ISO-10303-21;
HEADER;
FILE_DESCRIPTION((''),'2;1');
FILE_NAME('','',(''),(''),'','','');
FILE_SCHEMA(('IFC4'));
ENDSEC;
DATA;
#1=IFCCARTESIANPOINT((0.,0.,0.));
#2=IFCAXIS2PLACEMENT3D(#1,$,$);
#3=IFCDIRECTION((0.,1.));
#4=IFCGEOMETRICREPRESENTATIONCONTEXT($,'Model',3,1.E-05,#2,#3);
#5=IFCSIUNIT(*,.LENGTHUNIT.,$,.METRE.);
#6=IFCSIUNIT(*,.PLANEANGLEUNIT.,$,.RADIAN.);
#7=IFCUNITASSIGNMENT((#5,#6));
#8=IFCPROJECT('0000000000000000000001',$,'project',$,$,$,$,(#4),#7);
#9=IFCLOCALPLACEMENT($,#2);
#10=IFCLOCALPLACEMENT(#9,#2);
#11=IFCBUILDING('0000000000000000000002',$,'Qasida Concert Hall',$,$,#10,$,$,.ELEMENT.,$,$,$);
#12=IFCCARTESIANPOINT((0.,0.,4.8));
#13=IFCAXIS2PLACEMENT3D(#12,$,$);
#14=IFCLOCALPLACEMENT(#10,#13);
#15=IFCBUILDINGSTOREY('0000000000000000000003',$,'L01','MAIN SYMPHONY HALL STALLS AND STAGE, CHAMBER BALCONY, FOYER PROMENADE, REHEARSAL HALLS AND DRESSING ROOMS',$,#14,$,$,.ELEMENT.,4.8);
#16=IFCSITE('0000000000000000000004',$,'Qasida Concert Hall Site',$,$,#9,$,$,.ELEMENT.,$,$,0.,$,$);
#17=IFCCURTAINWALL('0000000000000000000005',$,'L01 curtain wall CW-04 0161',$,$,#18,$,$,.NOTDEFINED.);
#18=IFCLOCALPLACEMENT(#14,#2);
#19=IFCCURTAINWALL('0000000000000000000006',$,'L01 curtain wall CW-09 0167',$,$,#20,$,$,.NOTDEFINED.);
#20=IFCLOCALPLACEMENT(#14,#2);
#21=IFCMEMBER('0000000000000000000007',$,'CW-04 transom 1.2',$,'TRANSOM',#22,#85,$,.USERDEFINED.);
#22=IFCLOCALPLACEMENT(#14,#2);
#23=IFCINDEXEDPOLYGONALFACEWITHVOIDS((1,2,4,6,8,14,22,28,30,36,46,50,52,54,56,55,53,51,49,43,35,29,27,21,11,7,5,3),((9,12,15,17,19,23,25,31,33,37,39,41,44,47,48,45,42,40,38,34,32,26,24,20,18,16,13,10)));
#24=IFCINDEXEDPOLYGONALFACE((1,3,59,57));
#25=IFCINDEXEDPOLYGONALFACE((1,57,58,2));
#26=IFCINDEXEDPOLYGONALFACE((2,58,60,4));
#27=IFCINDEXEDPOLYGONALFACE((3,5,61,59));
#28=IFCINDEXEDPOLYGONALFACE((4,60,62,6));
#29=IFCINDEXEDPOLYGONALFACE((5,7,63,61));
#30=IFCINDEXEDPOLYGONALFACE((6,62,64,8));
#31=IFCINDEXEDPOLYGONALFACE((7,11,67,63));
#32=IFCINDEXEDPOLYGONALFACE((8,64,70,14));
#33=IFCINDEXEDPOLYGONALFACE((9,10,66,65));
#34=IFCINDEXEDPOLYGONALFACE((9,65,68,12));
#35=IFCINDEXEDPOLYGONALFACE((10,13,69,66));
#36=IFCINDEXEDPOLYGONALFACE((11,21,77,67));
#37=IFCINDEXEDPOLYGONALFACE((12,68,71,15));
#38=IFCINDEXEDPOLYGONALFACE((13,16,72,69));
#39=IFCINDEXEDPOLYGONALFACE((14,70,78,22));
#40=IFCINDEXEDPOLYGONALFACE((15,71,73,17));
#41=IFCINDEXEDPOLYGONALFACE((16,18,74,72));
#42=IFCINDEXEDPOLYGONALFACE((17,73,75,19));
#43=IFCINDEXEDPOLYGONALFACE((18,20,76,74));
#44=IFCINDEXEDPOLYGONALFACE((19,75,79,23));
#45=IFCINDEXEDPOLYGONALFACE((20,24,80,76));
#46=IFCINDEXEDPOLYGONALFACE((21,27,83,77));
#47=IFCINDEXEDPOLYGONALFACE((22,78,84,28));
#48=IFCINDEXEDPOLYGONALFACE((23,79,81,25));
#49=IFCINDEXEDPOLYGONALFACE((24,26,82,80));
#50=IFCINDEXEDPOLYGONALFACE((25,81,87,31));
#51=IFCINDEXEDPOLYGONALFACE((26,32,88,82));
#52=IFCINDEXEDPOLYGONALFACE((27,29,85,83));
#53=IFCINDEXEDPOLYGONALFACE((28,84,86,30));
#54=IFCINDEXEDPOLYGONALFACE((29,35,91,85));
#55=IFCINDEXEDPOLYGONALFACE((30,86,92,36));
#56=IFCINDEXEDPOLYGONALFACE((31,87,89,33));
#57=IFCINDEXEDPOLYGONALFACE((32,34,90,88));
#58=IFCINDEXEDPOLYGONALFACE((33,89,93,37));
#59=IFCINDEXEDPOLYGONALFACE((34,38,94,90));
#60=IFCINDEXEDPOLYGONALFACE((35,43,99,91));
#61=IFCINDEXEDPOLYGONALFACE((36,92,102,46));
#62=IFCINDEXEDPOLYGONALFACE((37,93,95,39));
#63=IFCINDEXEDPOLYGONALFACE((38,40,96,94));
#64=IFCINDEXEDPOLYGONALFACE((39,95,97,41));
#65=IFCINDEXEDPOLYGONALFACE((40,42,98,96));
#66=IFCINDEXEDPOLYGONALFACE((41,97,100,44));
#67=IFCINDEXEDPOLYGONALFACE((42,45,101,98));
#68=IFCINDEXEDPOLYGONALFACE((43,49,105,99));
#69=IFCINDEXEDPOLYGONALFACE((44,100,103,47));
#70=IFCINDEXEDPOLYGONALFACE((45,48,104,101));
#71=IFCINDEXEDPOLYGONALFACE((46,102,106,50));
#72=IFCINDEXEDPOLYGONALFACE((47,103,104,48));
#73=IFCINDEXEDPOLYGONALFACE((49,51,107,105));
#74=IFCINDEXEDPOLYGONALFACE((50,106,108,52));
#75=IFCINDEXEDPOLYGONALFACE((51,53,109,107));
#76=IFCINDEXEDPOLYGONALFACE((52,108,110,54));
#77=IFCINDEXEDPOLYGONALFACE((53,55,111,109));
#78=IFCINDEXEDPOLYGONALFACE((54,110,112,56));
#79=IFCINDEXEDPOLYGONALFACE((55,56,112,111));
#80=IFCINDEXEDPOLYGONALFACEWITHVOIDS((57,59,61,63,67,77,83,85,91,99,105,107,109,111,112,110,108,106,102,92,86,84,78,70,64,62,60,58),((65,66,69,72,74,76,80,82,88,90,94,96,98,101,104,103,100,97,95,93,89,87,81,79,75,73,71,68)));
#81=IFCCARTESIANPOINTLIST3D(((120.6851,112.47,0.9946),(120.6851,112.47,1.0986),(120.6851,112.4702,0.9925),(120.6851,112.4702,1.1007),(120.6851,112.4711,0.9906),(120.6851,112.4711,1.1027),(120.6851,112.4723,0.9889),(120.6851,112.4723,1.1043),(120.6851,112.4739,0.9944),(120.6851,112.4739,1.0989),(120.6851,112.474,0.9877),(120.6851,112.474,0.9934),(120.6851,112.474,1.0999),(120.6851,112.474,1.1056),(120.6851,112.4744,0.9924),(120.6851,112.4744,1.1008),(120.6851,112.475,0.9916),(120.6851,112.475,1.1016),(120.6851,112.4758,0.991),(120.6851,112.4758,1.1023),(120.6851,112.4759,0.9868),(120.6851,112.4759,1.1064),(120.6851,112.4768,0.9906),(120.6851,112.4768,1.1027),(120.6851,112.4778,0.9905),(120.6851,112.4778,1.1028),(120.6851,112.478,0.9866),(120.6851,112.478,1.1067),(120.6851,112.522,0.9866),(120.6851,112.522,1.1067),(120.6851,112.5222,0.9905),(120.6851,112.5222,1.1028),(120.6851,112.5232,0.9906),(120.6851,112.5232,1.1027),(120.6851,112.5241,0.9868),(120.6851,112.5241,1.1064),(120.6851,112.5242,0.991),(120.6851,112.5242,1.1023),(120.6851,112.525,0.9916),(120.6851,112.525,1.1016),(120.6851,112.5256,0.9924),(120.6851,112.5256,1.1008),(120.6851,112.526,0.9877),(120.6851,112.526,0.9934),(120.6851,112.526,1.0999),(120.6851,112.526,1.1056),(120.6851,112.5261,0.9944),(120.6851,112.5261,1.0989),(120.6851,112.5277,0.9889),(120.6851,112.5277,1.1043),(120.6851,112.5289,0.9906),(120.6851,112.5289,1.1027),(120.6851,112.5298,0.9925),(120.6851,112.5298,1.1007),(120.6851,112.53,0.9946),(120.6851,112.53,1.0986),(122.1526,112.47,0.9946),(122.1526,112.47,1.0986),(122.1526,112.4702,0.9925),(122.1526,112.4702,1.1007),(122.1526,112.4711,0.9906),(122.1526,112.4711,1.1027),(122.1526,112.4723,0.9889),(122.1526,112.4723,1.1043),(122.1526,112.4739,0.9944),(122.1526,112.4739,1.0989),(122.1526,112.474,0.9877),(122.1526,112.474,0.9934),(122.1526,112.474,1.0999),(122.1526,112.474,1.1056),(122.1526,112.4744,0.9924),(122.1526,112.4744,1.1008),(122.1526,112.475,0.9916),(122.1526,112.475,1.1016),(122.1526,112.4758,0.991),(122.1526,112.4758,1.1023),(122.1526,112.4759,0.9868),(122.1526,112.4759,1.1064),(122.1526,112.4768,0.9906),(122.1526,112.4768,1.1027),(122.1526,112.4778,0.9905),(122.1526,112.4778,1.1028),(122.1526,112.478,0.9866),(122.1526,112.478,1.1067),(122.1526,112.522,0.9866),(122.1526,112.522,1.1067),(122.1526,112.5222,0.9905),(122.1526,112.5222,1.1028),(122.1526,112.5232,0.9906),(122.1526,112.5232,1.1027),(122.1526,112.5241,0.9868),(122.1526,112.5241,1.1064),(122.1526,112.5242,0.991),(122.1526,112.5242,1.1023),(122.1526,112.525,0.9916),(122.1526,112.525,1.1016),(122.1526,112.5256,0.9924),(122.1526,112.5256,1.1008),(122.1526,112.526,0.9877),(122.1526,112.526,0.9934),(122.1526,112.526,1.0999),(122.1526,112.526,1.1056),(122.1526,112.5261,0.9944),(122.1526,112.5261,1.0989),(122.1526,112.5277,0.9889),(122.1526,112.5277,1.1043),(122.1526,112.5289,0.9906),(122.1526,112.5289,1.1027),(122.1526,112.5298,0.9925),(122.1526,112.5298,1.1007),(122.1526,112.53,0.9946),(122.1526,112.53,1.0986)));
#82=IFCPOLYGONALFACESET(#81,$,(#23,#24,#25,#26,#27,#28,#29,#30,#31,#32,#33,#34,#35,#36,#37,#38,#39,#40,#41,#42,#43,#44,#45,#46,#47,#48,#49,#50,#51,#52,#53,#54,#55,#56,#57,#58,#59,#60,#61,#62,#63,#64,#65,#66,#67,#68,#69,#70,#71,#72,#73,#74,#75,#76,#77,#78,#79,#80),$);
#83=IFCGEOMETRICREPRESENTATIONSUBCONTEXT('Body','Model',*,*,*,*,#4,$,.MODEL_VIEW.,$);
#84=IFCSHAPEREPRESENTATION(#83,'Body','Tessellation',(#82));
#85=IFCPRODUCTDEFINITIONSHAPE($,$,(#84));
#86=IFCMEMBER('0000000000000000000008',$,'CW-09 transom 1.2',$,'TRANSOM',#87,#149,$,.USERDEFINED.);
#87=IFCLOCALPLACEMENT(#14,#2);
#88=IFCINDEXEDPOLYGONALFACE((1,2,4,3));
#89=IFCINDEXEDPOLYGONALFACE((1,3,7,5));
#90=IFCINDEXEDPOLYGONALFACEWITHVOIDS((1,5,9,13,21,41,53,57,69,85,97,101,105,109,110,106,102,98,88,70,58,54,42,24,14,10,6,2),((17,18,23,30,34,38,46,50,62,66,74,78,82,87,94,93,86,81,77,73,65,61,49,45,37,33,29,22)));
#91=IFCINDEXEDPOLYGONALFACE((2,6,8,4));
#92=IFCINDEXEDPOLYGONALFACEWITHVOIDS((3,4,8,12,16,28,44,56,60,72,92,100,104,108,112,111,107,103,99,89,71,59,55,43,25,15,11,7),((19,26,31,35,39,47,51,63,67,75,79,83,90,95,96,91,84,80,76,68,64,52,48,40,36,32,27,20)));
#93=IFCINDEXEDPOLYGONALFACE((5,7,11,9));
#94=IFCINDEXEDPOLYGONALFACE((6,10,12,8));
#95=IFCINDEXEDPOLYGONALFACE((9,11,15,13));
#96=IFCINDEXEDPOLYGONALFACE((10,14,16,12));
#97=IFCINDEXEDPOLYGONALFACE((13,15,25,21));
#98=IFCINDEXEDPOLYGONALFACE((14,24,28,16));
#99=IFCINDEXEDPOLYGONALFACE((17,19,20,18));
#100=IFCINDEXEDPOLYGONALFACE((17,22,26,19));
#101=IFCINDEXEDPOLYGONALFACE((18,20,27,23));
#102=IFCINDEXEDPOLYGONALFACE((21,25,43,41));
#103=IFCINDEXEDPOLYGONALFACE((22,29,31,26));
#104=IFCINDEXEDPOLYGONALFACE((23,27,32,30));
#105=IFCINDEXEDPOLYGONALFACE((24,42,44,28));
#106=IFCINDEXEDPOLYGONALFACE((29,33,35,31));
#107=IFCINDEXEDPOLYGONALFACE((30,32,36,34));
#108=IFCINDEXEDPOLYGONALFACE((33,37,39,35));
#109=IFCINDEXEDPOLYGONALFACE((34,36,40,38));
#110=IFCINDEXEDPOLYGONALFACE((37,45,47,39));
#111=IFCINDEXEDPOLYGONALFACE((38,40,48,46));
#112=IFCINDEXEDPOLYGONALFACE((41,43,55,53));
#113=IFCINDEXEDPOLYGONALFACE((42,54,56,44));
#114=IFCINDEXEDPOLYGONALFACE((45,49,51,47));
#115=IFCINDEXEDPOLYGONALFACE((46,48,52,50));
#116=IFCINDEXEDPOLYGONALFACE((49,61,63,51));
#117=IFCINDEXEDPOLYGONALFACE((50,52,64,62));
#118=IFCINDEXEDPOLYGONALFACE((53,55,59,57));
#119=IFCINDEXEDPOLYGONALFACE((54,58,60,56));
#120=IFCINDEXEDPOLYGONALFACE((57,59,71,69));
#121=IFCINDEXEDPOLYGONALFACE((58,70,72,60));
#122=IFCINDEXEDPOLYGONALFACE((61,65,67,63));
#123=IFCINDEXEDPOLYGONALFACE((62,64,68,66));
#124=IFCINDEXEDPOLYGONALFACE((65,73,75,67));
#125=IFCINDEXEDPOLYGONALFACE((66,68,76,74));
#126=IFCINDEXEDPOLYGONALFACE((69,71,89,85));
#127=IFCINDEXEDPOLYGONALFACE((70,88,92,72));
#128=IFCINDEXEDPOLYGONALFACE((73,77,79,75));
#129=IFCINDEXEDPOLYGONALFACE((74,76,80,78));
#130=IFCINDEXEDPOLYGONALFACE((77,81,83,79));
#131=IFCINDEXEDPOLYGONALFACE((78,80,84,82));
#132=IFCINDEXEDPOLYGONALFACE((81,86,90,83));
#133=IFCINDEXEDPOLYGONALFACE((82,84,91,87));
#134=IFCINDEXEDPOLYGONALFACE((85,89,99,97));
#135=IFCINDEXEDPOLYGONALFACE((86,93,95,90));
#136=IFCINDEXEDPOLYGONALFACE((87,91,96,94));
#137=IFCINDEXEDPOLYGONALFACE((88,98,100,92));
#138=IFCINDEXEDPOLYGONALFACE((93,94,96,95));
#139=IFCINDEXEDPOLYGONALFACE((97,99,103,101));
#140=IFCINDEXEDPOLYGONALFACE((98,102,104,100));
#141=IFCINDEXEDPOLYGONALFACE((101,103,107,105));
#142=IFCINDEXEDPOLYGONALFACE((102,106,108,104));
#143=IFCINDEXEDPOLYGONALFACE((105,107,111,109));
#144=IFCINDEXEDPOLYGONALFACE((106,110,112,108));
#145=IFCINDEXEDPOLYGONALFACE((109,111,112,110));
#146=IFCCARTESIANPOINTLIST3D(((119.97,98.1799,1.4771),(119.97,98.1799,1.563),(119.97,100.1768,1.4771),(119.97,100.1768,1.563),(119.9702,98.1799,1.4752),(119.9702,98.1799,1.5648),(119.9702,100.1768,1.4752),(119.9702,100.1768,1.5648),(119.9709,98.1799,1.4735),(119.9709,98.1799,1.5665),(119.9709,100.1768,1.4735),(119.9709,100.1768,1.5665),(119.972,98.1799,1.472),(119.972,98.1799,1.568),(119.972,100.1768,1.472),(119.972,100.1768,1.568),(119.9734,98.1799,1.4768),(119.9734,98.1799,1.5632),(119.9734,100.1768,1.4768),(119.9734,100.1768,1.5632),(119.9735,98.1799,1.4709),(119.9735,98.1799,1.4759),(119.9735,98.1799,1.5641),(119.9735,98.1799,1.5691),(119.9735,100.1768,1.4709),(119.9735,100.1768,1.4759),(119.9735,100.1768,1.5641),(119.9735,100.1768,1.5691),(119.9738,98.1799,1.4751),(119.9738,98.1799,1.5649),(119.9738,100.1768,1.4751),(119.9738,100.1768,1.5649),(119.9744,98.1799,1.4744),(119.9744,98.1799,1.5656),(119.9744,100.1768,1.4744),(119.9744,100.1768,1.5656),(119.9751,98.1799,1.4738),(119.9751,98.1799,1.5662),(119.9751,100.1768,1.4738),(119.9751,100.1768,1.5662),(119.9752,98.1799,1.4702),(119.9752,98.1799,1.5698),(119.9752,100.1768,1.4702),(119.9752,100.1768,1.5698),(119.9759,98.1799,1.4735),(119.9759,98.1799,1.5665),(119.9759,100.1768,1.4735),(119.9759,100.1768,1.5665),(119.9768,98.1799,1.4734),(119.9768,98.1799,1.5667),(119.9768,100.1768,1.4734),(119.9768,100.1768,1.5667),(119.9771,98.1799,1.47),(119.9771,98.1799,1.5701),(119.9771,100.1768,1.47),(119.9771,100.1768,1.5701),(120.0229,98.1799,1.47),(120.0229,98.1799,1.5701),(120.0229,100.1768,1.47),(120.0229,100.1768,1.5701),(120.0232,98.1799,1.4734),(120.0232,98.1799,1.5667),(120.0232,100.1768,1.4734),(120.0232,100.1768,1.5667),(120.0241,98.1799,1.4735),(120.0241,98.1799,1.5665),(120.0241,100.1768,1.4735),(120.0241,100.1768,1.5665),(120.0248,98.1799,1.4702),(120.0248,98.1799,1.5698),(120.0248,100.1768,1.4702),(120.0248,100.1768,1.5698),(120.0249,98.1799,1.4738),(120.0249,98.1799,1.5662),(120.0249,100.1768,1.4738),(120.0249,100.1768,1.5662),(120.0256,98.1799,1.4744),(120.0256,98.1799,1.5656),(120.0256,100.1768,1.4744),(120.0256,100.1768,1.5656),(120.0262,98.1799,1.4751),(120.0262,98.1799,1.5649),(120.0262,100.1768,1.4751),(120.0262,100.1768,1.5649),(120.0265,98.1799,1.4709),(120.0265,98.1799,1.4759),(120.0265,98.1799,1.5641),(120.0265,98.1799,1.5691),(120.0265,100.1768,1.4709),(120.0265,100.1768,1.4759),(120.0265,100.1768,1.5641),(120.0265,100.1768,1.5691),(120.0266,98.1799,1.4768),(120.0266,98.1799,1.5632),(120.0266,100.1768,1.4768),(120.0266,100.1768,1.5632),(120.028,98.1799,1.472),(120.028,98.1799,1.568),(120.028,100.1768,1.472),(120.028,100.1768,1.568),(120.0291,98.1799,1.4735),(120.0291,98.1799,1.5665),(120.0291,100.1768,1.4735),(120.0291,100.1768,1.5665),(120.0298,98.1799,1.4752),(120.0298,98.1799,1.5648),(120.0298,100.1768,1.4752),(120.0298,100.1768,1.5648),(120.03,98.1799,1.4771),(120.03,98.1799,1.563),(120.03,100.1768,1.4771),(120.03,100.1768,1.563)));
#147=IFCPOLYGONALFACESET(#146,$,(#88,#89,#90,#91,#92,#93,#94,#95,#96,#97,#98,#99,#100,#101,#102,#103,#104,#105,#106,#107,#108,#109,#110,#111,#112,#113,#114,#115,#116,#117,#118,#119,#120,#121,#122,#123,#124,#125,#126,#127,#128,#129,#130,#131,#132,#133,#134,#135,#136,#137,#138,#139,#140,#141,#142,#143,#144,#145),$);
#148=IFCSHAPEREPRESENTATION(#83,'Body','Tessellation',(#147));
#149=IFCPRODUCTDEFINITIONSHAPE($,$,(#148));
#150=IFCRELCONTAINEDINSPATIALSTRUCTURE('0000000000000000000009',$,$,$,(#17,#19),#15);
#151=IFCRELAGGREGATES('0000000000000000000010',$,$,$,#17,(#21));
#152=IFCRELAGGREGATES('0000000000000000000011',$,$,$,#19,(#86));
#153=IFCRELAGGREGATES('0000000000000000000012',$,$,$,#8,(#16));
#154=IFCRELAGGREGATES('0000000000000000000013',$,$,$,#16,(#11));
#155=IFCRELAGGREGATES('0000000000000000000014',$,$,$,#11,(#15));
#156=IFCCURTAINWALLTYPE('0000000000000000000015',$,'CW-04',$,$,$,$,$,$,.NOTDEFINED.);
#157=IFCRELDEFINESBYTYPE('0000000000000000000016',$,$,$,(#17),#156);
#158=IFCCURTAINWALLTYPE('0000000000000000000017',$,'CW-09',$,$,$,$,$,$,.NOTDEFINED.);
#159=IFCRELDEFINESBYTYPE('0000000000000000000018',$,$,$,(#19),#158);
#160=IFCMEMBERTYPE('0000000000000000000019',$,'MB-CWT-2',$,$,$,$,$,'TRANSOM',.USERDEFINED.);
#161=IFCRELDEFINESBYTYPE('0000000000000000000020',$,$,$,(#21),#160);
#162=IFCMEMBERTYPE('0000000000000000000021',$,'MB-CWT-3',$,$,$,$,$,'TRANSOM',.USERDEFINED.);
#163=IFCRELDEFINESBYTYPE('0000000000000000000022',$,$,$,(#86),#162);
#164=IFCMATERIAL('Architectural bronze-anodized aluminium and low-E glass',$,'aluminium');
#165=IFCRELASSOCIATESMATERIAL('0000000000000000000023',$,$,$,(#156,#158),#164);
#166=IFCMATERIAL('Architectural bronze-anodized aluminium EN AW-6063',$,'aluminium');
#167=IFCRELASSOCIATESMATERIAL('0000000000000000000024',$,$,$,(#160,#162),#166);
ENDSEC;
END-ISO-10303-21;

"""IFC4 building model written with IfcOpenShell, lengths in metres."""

from ifc_helpers import new_model, si_unit, direction, frame, origin, origin_2d, place, context, subcontext, project, spatial, hollow_rectangle, extrude, material, material_profile, profile_set, type_object, element, aggregate, save


model = new_model("IFC4")

# Units and contexts
model_context = context("Model", 3, precision=1e-05, world=origin(), true_north=direction((0.0, 1.0)))
body_context = subcontext(model_context, "Body", "Model", "MODEL_VIEW")
ifc_project = project(units=[si_unit("LENGTHUNIT", "METRE"), si_unit("PLANEANGLEUNIT", "RADIAN")], contexts=[model_context])

# Site, building, storey
site_placement = place(None, origin())
site = spatial("IfcSite", under=ifc_project, at=site_placement, Name="Qasida Concert Hall Site", CompositionType="ELEMENT", RefElevation=0.0)
building_placement = place(site_placement, origin())
building = spatial("IfcBuilding", under=site, at=building_placement, Name="Qasida Concert Hall", CompositionType="ELEMENT")
storey_placement = place(building_placement, frame((0.0, 0.0, 4.8)))
storey = spatial("IfcBuildingStorey", under=building, at=storey_placement, Name="L01", Description="MAIN SYMPHONY HALL STALLS AND STAGE, CHAMBER BALCONY, FOYER PROMENADE, REHEARSAL HALLS AND DRESSING ROOMS", CompositionType="ELEMENT", Elevation=4.8)

# Curtain wall
ifc_material_1 = material(Name="Architectural bronze-anodized aluminium and low-E glass", Category="aluminium")
curtain_wall_type_1 = type_object("IfcCurtainWallType", Name="CW-04", PredefinedType="NOTDEFINED", material=ifc_material_1)
curtain_wall_1_placement = place(storey_placement, origin())
curtain_wall_1 = element("IfcCurtainWall", 1, at=curtain_wall_1_placement, inside=storey, type_object=curtain_wall_type_1, Name="L01 curtain wall CW-04 0161", PredefinedType="NOTDEFINED")
ifc_material_2 = material(Name="Architectural bronze-anodized aluminium EN AW-6063", Category="aluminium")

# Curtain wall
curtain_wall_type_2 = type_object("IfcCurtainWallType", Name="CW-09", PredefinedType="NOTDEFINED", material=ifc_material_1)
curtain_wall_2_placement = place(storey_placement, origin())
curtain_wall_2 = element("IfcCurtainWall", 2, at=curtain_wall_2_placement, inside=storey, type_object=curtain_wall_type_2, Name="L01 curtain wall CW-09 0167", PredefinedType="NOTDEFINED")

# Members
ifc_material_profile_1 = material_profile(ifc_material_2, hollow_rectangle(XDim=0.0601, YDim=0.1201, WallThickness=0.0039, InnerFilletRadius=0.0039, OuterFilletRadius=0.0081, at=origin_2d()), Name="CWT 120x60x4")
ifc_profile_set_1 = profile_set([ifc_material_profile_1], Name="Architectural bronze-anodized aluminium EN AW-6063")
member_type_1 = type_object("IfcMemberType", Name="MB-CWT-2", ElementType="TRANSOM", PredefinedType="USERDEFINED", material=ifc_profile_set_1)
member_1_placement = place(storey_placement, frame((120.6851, 112.5, 1.0466), z_axis=(1.0, 0.0, 0.0), x_axis=(0.0, 1.0, 0.0)))
member_1 = element("IfcMember", 3, at=member_1_placement, type_object=member_type_1, Name="CW-04 transom 1.2", ObjectType="TRANSOM", PredefinedType="USERDEFINED", context=body_context, shape_type="SweptSolid", body=[
    extrude(hollow_rectangle(XDim=0.0601, YDim=0.1201, WallThickness=0.0039, InnerFilletRadius=0.0039, OuterFilletRadius=0.0081, at=origin_2d()), origin(), (0.0, 0.0, 1.0), 1.4675),
])
aggregate(curtain_wall_1, [member_1])
ifc_material_profile_2 = material_profile(ifc_material_2, hollow_rectangle(XDim=0.0601, YDim=0.1001, WallThickness=0.0034, InnerFilletRadius=0.0034, OuterFilletRadius=0.0071, at=origin_2d()), Name="CWT 100x60x3.5")
ifc_profile_set_2 = profile_set([ifc_material_profile_2], Name="Architectural bronze-anodized aluminium EN AW-6063")
member_type_2 = type_object("IfcMemberType", Name="MB-CWT-3", ElementType="TRANSOM", PredefinedType="USERDEFINED", material=ifc_profile_set_2)
member_2_placement = place(storey_placement, frame((120.0, 98.1799, 1.52), z_axis=(0.0, 1.0, 0.0), x_axis=(-1.0, 0.0, 0.0)))
member_2 = element("IfcMember", 4, at=member_2_placement, type_object=member_type_2, Name="CW-09 transom 1.2", ObjectType="TRANSOM", PredefinedType="USERDEFINED", context=body_context, shape_type="SweptSolid", body=[
    extrude(hollow_rectangle(XDim=0.0601, YDim=0.1001, WallThickness=0.0034, InnerFilletRadius=0.0034, OuterFilletRadius=0.0071, at=origin_2d()), origin(), (0.0, 0.0, 1.0), 1.9968),
])

aggregate(curtain_wall_2, [member_2])

save(model, "model.ifc")
